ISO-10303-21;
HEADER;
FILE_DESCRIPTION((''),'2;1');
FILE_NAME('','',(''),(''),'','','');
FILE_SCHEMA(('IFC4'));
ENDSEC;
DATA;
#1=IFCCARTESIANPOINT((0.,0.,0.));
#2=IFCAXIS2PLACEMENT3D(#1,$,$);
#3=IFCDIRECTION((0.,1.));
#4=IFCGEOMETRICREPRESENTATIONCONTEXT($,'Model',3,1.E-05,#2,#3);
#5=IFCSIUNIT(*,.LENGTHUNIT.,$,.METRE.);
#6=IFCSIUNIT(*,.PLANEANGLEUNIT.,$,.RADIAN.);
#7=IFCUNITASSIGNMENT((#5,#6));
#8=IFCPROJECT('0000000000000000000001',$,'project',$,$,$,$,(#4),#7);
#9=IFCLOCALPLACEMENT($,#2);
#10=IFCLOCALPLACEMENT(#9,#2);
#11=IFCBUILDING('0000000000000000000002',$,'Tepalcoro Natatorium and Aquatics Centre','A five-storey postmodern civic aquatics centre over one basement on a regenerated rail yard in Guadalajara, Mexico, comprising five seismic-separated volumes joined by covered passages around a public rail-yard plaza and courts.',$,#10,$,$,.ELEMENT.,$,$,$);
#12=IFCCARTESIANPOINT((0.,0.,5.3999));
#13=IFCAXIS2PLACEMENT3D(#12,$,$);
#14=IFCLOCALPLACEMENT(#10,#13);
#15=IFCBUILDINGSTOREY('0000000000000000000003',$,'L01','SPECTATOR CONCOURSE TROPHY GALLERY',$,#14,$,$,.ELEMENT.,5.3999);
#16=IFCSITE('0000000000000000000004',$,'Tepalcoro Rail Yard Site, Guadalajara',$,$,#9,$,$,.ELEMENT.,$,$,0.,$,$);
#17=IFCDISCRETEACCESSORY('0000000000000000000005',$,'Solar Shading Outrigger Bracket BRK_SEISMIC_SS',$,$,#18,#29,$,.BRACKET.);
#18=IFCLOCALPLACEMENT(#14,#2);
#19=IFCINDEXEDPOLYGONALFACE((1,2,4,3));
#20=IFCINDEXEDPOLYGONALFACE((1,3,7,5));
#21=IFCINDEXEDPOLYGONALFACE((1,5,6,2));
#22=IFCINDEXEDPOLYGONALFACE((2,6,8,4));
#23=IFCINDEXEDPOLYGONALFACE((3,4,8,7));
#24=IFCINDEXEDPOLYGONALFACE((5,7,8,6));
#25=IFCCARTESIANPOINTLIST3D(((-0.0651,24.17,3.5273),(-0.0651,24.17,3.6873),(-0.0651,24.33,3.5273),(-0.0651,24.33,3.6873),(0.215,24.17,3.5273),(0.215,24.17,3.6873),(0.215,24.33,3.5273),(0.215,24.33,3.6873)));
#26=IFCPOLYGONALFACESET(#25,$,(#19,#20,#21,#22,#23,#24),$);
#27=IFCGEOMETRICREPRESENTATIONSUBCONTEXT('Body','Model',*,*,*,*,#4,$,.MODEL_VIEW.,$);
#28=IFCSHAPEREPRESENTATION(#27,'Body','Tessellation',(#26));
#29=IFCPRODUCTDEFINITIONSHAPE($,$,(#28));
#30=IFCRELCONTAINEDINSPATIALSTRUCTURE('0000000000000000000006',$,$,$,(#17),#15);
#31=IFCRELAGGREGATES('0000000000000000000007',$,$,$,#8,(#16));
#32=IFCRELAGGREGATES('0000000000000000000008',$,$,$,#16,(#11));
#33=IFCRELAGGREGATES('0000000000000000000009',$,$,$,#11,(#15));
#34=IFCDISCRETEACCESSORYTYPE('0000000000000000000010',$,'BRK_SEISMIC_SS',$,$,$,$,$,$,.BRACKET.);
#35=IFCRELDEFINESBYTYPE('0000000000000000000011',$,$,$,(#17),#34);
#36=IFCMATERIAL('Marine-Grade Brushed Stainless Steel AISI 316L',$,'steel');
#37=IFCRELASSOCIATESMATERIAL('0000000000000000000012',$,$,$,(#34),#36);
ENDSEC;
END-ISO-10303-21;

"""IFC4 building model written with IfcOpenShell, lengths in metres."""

from ifc_helpers import new_model, si_unit, direction, frame, origin, origin_2d, place, context, subcontext, project, spatial, rectangle, extrude, material, type_object, element, save


model = new_model("IFC4")

# Units and contexts
model_context = context("Model", 3, precision=1e-05, world=origin(), true_north=direction((0.0, 1.0)))
body_context = subcontext(model_context, "Body", "Model", "MODEL_VIEW")
ifc_project = project(units=[si_unit("LENGTHUNIT", "METRE"), si_unit("PLANEANGLEUNIT", "RADIAN")], contexts=[model_context])

# Site, building, storey
site_placement = place(None, origin())
site = spatial("IfcSite", under=ifc_project, at=site_placement, Name="Tepalcoro Rail Yard Site, Guadalajara", CompositionType="ELEMENT", RefElevation=0.0)
building_placement = place(site_placement, origin())
building = spatial("IfcBuilding", under=site, at=building_placement, Name="Tepalcoro Natatorium and Aquatics Centre", Description="A five-storey postmodern civic aquatics centre over one basement on a regenerated rail yard in Guadalajara, Mexico, comprising five seismic-separated volumes joined by covered passages around a public rail-yard plaza and courts.", CompositionType="ELEMENT")
storey_placement = place(building_placement, frame((0.0, 0.0, 5.3999)))
storey = spatial("IfcBuildingStorey", under=building, at=storey_placement, Name="L01", Description="SPECTATOR CONCOURSE TROPHY GALLERY", CompositionType="ELEMENT", Elevation=5.3999)

# Shared definitions
ifc_material_1 = material(Name="Marine-Grade Brushed Stainless Steel AISI 316L", Category="steel")

# Discrete accessory
discrete_accessory_type = type_object("IfcDiscreteAccessoryType", Name="BRK_SEISMIC_SS", PredefinedType="BRACKET", material=ifc_material_1)
discrete_accessory_placement = place(storey_placement, frame((0.075, 24.25, 3.5273), z_axis=(0.0, 0.0, 1.0), x_axis=(1.0, 0.0, 0.0)))
element("IfcDiscreteAccessory", 1, at=discrete_accessory_placement, inside=storey, type_object=discrete_accessory_type, Name="Solar Shading Outrigger Bracket BRK_SEISMIC_SS", PredefinedType="BRACKET", context=body_context, shape_type="SweptSolid", body=[
    extrude(rectangle(XDim=0.28, YDim=0.1599, at=origin_2d()), origin(), (0.0, 0.0, 1.0), 0.1599),
])

save(model, "model.ifc")
